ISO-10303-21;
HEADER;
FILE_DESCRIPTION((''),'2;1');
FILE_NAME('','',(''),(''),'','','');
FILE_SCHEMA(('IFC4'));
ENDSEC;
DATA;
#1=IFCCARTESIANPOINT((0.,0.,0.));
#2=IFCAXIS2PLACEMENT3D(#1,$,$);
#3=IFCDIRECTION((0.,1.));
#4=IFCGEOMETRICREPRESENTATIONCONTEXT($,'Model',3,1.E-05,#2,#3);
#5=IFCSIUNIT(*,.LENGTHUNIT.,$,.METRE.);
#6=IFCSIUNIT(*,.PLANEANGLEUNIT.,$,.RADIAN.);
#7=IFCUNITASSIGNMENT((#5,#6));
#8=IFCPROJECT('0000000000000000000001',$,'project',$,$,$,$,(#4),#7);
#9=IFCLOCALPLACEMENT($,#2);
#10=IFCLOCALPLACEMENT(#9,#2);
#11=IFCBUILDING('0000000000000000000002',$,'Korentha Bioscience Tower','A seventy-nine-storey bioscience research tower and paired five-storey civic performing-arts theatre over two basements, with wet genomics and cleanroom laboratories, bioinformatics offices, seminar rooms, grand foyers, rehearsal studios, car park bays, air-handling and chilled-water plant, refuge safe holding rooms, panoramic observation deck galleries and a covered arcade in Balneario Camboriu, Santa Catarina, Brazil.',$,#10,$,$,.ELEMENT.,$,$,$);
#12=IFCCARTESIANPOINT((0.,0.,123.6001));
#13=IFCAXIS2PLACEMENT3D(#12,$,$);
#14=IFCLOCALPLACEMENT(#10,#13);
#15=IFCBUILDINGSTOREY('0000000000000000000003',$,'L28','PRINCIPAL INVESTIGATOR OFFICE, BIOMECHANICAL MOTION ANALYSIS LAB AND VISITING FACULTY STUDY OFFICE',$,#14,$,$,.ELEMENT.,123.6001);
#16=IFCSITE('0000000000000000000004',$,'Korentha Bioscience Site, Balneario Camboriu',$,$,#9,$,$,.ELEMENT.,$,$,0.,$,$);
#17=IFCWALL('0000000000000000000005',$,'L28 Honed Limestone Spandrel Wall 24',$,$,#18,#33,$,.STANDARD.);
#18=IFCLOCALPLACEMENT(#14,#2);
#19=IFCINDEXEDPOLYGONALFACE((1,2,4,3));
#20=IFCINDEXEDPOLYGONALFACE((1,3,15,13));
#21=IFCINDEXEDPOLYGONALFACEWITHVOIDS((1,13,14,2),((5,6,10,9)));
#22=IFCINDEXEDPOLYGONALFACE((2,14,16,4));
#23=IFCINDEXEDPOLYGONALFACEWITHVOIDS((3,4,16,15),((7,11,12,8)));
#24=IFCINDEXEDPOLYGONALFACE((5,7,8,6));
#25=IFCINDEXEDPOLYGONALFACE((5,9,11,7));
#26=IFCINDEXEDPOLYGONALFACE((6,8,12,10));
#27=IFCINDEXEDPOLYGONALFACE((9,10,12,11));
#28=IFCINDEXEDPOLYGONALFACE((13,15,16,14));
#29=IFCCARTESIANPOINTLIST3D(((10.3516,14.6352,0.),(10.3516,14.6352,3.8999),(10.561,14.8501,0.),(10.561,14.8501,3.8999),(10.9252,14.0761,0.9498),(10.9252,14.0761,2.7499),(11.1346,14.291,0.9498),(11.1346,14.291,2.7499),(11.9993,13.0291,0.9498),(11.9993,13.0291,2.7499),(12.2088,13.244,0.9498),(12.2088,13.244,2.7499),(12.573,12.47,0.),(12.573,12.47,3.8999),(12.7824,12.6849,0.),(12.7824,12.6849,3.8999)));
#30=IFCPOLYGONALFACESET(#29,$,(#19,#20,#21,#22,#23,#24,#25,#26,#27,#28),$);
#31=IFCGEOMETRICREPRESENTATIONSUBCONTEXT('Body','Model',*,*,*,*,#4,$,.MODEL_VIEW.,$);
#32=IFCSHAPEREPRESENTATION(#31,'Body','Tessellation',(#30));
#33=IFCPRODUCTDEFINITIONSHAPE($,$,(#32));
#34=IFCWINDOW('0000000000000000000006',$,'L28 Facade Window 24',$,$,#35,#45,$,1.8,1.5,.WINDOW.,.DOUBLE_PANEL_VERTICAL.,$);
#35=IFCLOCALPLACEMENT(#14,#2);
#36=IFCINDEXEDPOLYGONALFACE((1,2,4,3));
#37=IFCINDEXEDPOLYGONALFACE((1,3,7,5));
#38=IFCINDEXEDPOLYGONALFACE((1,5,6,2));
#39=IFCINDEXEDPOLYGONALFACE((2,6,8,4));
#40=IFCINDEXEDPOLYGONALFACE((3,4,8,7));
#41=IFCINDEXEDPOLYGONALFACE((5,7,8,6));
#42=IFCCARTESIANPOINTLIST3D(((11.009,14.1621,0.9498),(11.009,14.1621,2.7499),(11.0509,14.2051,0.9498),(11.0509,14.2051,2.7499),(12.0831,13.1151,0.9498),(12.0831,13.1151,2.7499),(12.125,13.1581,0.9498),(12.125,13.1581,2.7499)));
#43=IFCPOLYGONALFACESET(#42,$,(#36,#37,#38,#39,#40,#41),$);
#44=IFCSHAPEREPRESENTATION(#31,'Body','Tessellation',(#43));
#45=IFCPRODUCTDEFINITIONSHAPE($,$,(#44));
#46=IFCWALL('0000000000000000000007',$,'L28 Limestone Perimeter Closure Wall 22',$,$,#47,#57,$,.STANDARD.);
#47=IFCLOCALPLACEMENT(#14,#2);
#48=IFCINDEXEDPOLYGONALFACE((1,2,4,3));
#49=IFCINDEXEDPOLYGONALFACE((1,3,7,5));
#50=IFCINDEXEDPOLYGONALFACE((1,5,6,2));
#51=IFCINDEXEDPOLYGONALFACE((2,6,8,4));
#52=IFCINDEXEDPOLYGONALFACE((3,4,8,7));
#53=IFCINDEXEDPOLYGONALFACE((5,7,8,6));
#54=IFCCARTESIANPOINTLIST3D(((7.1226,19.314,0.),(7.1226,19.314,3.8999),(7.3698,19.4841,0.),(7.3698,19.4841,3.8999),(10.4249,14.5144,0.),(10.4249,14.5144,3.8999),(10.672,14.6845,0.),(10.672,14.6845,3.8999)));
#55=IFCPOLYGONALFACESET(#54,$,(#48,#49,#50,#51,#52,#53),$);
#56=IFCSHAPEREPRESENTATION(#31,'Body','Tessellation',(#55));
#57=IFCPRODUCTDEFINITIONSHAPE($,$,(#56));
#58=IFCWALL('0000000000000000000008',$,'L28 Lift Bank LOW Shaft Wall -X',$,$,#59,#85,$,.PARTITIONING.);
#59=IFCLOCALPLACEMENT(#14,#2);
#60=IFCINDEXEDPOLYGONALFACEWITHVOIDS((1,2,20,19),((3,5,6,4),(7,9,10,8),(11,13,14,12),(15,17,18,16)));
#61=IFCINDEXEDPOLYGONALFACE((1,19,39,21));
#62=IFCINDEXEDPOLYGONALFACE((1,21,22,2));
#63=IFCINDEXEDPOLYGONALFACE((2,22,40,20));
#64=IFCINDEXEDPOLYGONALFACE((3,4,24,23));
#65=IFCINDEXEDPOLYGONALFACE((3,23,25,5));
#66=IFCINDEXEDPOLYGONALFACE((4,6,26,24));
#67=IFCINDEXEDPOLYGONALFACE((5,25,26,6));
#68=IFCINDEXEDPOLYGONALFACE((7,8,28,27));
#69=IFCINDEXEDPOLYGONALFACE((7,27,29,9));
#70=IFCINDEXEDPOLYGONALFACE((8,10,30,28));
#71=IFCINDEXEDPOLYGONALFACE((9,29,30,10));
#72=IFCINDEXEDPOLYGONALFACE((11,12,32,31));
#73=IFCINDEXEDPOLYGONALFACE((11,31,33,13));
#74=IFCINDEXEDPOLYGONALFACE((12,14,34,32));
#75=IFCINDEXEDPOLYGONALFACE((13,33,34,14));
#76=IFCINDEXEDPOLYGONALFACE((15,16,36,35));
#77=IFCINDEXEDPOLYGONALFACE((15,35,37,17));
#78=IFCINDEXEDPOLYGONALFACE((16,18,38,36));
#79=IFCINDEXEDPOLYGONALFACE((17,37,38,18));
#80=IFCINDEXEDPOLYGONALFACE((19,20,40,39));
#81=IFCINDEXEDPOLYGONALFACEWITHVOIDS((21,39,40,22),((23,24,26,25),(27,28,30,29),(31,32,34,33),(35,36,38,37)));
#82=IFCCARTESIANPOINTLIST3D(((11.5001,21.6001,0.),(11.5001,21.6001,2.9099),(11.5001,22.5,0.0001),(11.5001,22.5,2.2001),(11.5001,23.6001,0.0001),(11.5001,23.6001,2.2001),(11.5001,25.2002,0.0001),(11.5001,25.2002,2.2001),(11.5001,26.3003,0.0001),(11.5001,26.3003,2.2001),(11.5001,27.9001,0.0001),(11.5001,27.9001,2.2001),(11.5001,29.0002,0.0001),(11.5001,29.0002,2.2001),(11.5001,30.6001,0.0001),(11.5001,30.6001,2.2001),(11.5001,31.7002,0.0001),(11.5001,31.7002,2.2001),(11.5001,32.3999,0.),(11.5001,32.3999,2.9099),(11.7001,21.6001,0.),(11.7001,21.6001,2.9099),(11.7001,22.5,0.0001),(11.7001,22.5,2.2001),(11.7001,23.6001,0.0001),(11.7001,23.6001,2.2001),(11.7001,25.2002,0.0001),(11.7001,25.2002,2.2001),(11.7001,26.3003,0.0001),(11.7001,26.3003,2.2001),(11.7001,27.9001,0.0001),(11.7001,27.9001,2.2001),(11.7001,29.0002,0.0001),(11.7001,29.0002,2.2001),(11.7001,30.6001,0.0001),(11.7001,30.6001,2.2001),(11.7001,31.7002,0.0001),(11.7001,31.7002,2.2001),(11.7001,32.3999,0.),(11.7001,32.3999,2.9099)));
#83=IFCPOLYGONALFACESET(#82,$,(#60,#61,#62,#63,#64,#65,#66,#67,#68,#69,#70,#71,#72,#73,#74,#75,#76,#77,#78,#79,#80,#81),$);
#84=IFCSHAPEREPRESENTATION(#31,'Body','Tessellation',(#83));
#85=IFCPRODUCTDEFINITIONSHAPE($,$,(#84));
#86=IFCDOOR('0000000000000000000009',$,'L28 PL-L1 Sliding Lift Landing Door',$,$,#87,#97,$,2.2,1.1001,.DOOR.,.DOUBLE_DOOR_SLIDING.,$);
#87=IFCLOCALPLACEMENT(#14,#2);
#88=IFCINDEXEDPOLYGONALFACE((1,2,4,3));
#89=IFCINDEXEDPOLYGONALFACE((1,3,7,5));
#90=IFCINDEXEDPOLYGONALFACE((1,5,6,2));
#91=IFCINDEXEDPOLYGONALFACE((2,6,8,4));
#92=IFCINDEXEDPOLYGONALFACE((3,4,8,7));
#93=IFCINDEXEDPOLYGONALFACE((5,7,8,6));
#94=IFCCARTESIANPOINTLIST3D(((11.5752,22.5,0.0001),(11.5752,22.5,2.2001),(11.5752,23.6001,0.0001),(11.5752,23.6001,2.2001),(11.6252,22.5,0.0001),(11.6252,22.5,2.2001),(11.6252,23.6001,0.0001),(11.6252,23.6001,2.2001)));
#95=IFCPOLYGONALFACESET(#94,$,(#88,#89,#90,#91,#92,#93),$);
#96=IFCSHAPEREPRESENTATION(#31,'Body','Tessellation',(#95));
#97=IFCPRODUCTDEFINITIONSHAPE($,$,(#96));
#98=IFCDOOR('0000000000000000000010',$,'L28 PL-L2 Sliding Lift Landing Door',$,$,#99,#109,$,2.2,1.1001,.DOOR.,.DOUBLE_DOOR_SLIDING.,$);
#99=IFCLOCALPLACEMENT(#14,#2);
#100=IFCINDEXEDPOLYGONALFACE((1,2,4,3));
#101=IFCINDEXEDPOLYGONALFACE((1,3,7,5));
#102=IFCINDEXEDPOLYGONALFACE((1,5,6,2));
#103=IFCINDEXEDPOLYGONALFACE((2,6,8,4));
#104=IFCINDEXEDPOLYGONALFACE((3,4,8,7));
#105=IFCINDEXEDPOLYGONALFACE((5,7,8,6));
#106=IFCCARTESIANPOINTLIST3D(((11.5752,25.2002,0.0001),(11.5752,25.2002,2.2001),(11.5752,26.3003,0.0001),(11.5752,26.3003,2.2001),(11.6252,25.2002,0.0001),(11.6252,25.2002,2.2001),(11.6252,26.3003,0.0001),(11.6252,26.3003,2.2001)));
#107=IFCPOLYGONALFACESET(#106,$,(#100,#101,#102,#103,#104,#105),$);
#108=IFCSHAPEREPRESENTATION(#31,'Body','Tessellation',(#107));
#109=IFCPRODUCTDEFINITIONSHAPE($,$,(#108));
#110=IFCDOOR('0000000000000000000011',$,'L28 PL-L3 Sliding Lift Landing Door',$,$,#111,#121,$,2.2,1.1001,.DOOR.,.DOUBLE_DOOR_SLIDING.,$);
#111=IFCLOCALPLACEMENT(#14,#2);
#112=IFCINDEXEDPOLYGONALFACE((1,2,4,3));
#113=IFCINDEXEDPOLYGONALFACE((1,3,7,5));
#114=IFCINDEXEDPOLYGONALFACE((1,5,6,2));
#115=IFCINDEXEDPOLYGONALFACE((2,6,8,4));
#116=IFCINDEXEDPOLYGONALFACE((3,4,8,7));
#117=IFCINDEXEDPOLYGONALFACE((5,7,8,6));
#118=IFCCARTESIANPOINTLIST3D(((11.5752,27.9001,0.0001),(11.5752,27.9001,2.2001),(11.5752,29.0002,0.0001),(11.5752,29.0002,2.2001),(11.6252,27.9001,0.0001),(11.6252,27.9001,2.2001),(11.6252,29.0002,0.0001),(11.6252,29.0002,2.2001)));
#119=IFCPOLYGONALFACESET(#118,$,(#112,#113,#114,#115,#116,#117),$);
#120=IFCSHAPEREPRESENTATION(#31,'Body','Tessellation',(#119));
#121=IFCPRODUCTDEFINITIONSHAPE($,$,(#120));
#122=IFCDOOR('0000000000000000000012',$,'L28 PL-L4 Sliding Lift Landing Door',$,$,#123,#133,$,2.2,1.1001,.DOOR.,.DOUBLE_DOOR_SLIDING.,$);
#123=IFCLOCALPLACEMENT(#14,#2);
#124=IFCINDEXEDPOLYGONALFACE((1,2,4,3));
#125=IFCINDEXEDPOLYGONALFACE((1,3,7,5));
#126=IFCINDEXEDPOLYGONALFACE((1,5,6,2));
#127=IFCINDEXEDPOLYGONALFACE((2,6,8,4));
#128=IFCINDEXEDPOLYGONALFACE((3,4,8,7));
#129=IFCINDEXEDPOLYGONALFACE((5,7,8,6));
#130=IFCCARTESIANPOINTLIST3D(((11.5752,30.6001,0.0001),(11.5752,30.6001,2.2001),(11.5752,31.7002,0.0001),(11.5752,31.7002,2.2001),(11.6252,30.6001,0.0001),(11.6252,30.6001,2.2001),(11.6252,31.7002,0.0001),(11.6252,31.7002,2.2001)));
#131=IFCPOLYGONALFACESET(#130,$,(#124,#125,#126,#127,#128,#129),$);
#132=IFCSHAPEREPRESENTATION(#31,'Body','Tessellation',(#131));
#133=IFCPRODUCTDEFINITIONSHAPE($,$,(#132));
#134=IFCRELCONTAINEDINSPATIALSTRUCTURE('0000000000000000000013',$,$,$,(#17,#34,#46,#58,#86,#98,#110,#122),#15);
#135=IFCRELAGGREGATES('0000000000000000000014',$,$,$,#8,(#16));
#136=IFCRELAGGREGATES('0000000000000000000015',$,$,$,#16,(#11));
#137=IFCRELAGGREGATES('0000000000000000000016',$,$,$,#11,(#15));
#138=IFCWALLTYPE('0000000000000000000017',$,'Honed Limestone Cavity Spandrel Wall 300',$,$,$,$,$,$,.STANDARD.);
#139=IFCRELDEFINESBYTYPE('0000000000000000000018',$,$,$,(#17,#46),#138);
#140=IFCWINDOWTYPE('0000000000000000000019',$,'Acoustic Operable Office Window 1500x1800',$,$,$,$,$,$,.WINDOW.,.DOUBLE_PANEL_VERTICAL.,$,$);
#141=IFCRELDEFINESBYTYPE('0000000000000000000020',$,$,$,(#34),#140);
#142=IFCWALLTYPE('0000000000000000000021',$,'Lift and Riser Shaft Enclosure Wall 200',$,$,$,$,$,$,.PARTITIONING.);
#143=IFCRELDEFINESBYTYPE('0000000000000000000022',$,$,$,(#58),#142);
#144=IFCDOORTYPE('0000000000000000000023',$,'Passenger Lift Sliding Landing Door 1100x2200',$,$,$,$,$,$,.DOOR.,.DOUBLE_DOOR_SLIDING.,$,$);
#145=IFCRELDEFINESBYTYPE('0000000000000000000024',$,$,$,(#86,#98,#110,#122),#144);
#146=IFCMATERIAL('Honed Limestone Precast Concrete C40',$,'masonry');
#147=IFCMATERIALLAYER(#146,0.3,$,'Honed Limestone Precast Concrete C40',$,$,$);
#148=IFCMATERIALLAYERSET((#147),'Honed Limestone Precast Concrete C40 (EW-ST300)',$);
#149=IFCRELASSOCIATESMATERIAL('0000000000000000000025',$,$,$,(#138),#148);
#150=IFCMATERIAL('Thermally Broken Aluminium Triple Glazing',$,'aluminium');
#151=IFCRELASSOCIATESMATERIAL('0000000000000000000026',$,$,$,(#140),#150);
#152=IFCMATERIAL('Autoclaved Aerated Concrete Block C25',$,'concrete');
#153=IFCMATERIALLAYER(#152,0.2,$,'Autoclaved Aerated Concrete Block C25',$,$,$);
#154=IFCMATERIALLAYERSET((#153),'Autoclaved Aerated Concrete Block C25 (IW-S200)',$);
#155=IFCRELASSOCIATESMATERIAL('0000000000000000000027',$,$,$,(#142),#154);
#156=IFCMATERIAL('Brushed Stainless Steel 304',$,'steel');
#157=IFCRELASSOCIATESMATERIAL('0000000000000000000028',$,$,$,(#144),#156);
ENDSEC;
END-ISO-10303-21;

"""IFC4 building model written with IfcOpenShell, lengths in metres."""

from ifc_helpers import new_model, si_unit, direction, frame, frame_2d, origin, place, context, subcontext, project, spatial, rectangle, extrude, material, layer, layer_set, type_object, element, fill, save


model = new_model("IFC4")

# Units and contexts
model_context = context("Model", 3, precision=1e-05, world=origin(), true_north=direction((0.0, 1.0)))
body_context = subcontext(model_context, "Body", "Model", "MODEL_VIEW")
ifc_project = project(units=[si_unit("LENGTHUNIT", "METRE"), si_unit("PLANEANGLEUNIT", "RADIAN")], contexts=[model_context])

# Site, building, storey
site_placement = place(None, origin())
site = spatial("IfcSite", under=ifc_project, at=site_placement, Name="Korentha Bioscience Site, Balneario Camboriu", CompositionType="ELEMENT", RefElevation=0.0)
building_placement = place(site_placement, origin())
building = spatial("IfcBuilding", under=site, at=building_placement, Name="Korentha Bioscience Tower", Description="A seventy-nine-storey bioscience research tower and paired five-storey civic performing-arts theatre over two basements, with wet genomics and cleanroom laboratories, bioinformatics offices, seminar rooms, grand foyers, rehearsal studios, car park bays, air-handling and chilled-water plant, refuge safe holding rooms, panoramic observation deck galleries and a covered arcade in Balneario Camboriu, Santa Catarina, Brazil.", CompositionType="ELEMENT")
storey_placement = place(building_placement, frame((0.0, 0.0, 123.6001)))
storey = spatial("IfcBuildingStorey", under=building, at=storey_placement, Name="L28", Description="PRINCIPAL INVESTIGATOR OFFICE, BIOMECHANICAL MOTION ANALYSIS LAB AND VISITING FACULTY STUDY OFFICE", CompositionType="ELEMENT", Elevation=123.6001)

# Wall, opening, window
ifc_material_1 = material(Name="Honed Limestone Precast Concrete C40", Category="masonry")
ifc_layer_1 = layer(ifc_material_1, 0.3, Name="Honed Limestone Precast Concrete C40")
ifc_layer_set_1 = layer_set([ifc_layer_1], Name="Honed Limestone Precast Concrete C40 (EW-ST300)")
wall_type_1 = type_object("IfcWallType", Name="Honed Limestone Cavity Spandrel Wall 300", PredefinedType="STANDARD", material=ifc_layer_set_1)
wall_1_placement = place(storey_placement, frame((10.4563, 14.7427, 0.0), z_axis=(0.0, 0.0, 1.0), x_axis=(0.716099, -0.697998, 0.0)))
wall_1 = element("IfcWall", 1, at=wall_1_placement, inside=storey, type_object=wall_type_1, Name="L28 Honed Limestone Spandrel Wall 24", PredefinedType="STANDARD", context=body_context, shape_type="SweptSolid", body=[
    extrude(rectangle(XDim=3.1021, YDim=0.3, at=frame_2d((1.551, 0.0))), origin(), (0.0, 0.0, 1.0), 3.8999),
])
opening_1_placement = place(wall_1_placement, frame((0.801, 0.0, 0.95)))
opening_1 = element("IfcOpeningElement", 2, at=opening_1_placement, cuts=wall_1, PredefinedType="OPENING", context=body_context, shape_type="SweptSolid", body=[
    extrude(rectangle(XDim=1.5, YDim=1.8, at=frame_2d((0.75, 0.8999))), frame((0.0, 0.165, 0.0), z_axis=(0.0, -1.0, 0.0), x_axis=(1.0, 0.0, 0.0)), (0.0, 0.0, 1.0), 0.3298),
])
ifc_material_2 = material(Name="Thermally Broken Aluminium Triple Glazing", Category="aluminium")
window_type = type_object("IfcWindowType", Name="Acoustic Operable Office Window 1500x1800", PartitioningType="DOUBLE_PANEL_VERTICAL", PredefinedType="WINDOW", material=ifc_material_2)
window_placement = place(opening_1_placement, origin())
window = element("IfcWindow", 3, at=window_placement, inside=storey, type_object=window_type, Name="L28 Facade Window 24", OverallHeight=1.8, OverallWidth=1.5, PartitioningType="DOUBLE_PANEL_VERTICAL", PredefinedType="WINDOW", context=body_context, shape_type="SweptSolid", body=[
    extrude(rectangle(XDim=1.5, YDim=1.8, at=frame_2d((0.75, 0.8999))), frame((0.0, 0.03, 0.0), z_axis=(0.0, -1.0, 0.0), x_axis=(1.0, 0.0, 0.0)), (0.0, 0.0, 1.0), 0.0601),
])
fill(opening_1, window)

# Wall
wall_2_placement = place(storey_placement, frame((7.2461, 19.3992, 0.0), z_axis=(0.0, 0.0, 1.0), x_axis=(0.566826, -0.823838, 0.0)))
element("IfcWall", 4, at=wall_2_placement, inside=storey, type_object=wall_type_1, Name="L28 Limestone Perimeter Closure Wall 22", PredefinedType="STANDARD", context=body_context, shape_type="SweptSolid", body=[
    extrude(rectangle(XDim=5.8259, YDim=0.3, at=frame_2d((2.9131, 0.0))), origin(), (0.0, 0.0, 1.0), 3.8999),
])

# Wall, openings, doors
ifc_material_3 = material(Name="Autoclaved Aerated Concrete Block C25", Category="concrete")
ifc_layer_2 = layer(ifc_material_3, 0.2, Name="Autoclaved Aerated Concrete Block C25")
ifc_layer_set_2 = layer_set([ifc_layer_2], Name="Autoclaved Aerated Concrete Block C25 (IW-S200)")
wall_type_2 = type_object("IfcWallType", Name="Lift and Riser Shaft Enclosure Wall 200", PredefinedType="PARTITIONING", material=ifc_layer_set_2)
wall_3_placement = place(storey_placement, frame((11.6001, 21.6001, 0.0), z_axis=(0.0, 0.0, 1.0), x_axis=(0.0, 1.0, 0.0)))
wall_3 = element("IfcWall", 5, at=wall_3_placement, inside=storey, type_object=wall_type_2, Name="L28 Lift Bank LOW Shaft Wall -X", PredefinedType="PARTITIONING", context=body_context, shape_type="SweptSolid", body=[
    extrude(rectangle(XDim=10.7998, YDim=0.2, at=frame_2d((5.3999, 0.0))), origin(), (0.0, 0.0, 1.0), 2.9099),
])
opening_2_placement = place(wall_3_placement, frame((0.8999, 0.0, 0.0)))
opening_2 = element("IfcOpeningElement", 6, at=opening_2_placement, cuts=wall_3, PredefinedType="OPENING", context=body_context, shape_type="SweptSolid", body=[
    extrude(rectangle(XDim=1.1001, YDim=2.2, at=frame_2d((0.55, 1.1001))), frame((0.0, 0.1147, 0.0), z_axis=(0.0, -1.0, 0.0), x_axis=(1.0, 0.0, 0.0)), (0.0, 0.0, 1.0), 0.2297),
])
opening_3_placement = place(wall_3_placement, frame((3.6001, 0.0, 0.0)))
opening_3 = element("IfcOpeningElement", 7, at=opening_3_placement, cuts=wall_3, PredefinedType="OPENING", context=body_context, shape_type="SweptSolid", body=[
    extrude(rectangle(XDim=1.1001, YDim=2.2, at=frame_2d((0.55, 1.1001))), frame((0.0, 0.1147, 0.0), z_axis=(0.0, -1.0, 0.0), x_axis=(1.0, 0.0, 0.0)), (0.0, 0.0, 1.0), 0.2297),
])
opening_4_placement = place(wall_3_placement, frame((6.3, 0.0, 0.0)))
opening_4 = element("IfcOpeningElement", 8, at=opening_4_placement, cuts=wall_3, PredefinedType="OPENING", context=body_context, shape_type="SweptSolid", body=[
    extrude(rectangle(XDim=1.1001, YDim=2.2, at=frame_2d((0.55, 1.1001))), frame((0.0, 0.1147, 0.0), z_axis=(0.0, -1.0, 0.0), x_axis=(1.0, 0.0, 0.0)), (0.0, 0.0, 1.0), 0.2297),
])
opening_5_placement = place(wall_3_placement, frame((9.0, 0.0, 0.0)))
opening_5 = element("IfcOpeningElement", 9, at=opening_5_placement, cuts=wall_3, PredefinedType="OPENING", context=body_context, shape_type="SweptSolid", body=[
    extrude(rectangle(XDim=1.1001, YDim=2.2, at=frame_2d((0.55, 1.1001))), frame((0.0, 0.1147, 0.0), z_axis=(0.0, -1.0, 0.0), x_axis=(1.0, 0.0, 0.0)), (0.0, 0.0, 1.0), 0.2297),
])
ifc_material_4 = material(Name="Brushed Stainless Steel 304", Category="steel")
door_type = type_object("IfcDoorType", Name="Passenger Lift Sliding Landing Door 1100x2200", OperationType="DOUBLE_DOOR_SLIDING", PredefinedType="DOOR", material=ifc_material_4)
door_1_placement = place(opening_2_placement, origin())
door_1 = element("IfcDoor", 10, at=door_1_placement, inside=storey, type_object=door_type, Name="L28 PL-L1 Sliding Lift Landing Door", OperationType="DOUBLE_DOOR_SLIDING", OverallHeight=2.2, OverallWidth=1.1001, PredefinedType="DOOR", context=body_context, shape_type="SweptSolid", body=[
    extrude(rectangle(XDim=1.1001, YDim=2.2, at=frame_2d((0.55, 1.1001))), frame((0.0, 0.0249, 0.0), z_axis=(0.0, -1.0, 0.0), x_axis=(1.0, 0.0, 0.0)), (0.0, 0.0, 1.0), 0.05),
])
fill(opening_2, door_1)
door_2_placement = place(opening_3_placement, origin())
door_2 = element("IfcDoor", 11, at=door_2_placement, inside=storey, type_object=door_type, Name="L28 PL-L2 Sliding Lift Landing Door", OperationType="DOUBLE_DOOR_SLIDING", OverallHeight=2.2, OverallWidth=1.1001, PredefinedType="DOOR", context=body_context, shape_type="SweptSolid", body=[
    extrude(rectangle(XDim=1.1001, YDim=2.2, at=frame_2d((0.55, 1.1001))), frame((0.0, 0.0249, 0.0), z_axis=(0.0, -1.0, 0.0), x_axis=(1.0, 0.0, 0.0)), (0.0, 0.0, 1.0), 0.05),
])
fill(opening_3, door_2)
door_3_placement = place(opening_4_placement, origin())
door_3 = element("IfcDoor", 12, at=door_3_placement, inside=storey, type_object=door_type, Name="L28 PL-L3 Sliding Lift Landing Door", OperationType="DOUBLE_DOOR_SLIDING", OverallHeight=2.2, OverallWidth=1.1001, PredefinedType="DOOR", context=body_context, shape_type="SweptSolid", body=[
    extrude(rectangle(XDim=1.1001, YDim=2.2, at=frame_2d((0.55, 1.1001))), frame((0.0, 0.0249, 0.0), z_axis=(0.0, -1.0, 0.0), x_axis=(1.0, 0.0, 0.0)), (0.0, 0.0, 1.0), 0.05),
])
fill(opening_4, door_3)
door_4_placement = place(opening_5_placement, origin())
door_4 = element("IfcDoor", 13, at=door_4_placement, inside=storey, type_object=door_type, Name="L28 PL-L4 Sliding Lift Landing Door", OperationType="DOUBLE_DOOR_SLIDING", OverallHeight=2.2, OverallWidth=1.1001, PredefinedType="DOOR", context=body_context, shape_type="SweptSolid", body=[
    extrude(rectangle(XDim=1.1001, YDim=2.2, at=frame_2d((0.55, 1.1001))), frame((0.0, 0.0249, 0.0), z_axis=(0.0, -1.0, 0.0), x_axis=(1.0, 0.0, 0.0)), (0.0, 0.0, 1.0), 0.05),
])
fill(opening_5, door_4)

save(model, "model.ifc")
